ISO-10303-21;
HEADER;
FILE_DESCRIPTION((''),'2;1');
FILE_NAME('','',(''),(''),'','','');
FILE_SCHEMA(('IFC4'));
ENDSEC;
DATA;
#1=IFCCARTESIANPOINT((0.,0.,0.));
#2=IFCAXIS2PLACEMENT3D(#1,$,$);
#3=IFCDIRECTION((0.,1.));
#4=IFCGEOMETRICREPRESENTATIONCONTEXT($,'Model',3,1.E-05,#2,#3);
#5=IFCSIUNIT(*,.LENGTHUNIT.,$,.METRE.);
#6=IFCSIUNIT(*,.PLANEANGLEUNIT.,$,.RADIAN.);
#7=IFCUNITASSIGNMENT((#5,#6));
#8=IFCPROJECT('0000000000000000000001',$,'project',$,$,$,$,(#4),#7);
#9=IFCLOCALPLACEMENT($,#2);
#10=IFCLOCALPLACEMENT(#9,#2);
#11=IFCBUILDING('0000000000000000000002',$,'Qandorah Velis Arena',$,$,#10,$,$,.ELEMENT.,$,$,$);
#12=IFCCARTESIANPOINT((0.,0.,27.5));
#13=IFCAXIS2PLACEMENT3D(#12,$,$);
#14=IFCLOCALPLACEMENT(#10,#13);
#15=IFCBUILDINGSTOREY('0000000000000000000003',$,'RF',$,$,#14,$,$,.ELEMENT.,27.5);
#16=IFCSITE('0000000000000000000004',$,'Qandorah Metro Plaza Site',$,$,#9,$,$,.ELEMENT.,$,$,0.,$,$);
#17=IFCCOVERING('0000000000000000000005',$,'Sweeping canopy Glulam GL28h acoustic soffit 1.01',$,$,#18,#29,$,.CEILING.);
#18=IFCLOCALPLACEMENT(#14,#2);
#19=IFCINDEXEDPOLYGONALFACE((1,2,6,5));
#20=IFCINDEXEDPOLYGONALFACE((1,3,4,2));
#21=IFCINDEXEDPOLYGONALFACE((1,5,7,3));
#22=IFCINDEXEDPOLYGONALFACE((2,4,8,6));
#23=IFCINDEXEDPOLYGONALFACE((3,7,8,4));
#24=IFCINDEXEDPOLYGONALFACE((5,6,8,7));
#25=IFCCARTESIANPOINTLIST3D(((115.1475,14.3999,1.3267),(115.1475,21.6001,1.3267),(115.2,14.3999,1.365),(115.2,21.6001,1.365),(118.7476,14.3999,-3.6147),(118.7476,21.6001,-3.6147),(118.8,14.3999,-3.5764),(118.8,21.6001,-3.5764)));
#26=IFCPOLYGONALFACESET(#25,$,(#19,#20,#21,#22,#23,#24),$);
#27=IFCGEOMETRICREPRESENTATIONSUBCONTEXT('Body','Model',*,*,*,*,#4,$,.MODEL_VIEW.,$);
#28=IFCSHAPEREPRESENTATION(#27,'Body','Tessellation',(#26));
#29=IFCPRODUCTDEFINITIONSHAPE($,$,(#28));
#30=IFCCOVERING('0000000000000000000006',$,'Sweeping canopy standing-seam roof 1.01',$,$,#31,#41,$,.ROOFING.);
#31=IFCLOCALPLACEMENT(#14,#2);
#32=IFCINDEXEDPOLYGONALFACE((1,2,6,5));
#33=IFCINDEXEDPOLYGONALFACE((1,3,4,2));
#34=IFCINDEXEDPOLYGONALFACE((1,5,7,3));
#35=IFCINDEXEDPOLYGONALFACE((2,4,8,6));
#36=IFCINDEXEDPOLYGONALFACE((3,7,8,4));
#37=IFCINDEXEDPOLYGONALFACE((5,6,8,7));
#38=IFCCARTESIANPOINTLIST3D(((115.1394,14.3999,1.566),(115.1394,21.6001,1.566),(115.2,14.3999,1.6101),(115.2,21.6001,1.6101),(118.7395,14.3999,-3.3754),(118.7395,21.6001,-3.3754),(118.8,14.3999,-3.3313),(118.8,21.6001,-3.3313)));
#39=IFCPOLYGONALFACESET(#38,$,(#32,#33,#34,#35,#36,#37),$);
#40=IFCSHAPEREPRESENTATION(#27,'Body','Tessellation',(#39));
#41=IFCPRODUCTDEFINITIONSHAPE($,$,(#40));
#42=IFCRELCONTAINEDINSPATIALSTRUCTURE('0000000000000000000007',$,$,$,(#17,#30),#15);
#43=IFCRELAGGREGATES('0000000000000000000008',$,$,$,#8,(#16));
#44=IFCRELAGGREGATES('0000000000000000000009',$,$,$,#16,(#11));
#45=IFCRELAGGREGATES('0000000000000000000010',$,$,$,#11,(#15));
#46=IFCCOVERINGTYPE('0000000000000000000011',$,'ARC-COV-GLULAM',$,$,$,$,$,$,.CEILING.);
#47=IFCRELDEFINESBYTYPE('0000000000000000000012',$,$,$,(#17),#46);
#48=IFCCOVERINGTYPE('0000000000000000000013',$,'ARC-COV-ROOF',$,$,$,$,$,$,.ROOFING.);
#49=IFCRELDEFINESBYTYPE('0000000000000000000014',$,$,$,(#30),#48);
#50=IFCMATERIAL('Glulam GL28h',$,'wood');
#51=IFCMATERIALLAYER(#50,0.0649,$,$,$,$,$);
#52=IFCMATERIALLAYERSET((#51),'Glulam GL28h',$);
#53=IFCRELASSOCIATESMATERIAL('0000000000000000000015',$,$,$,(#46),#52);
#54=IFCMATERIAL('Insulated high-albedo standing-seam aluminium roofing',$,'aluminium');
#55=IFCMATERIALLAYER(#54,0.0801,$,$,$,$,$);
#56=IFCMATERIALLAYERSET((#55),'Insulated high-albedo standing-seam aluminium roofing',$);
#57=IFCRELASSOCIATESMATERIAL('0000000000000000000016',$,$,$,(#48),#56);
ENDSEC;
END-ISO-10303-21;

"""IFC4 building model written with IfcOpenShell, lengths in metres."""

from ifc_helpers import new_model, si_unit, direction, frame, origin, place, context, subcontext, project, spatial, polyline, outline, extrude, material, layer, layer_set, type_object, element, save


model = new_model("IFC4")

# Units and contexts
model_context = context("Model", 3, precision=1e-05, world=origin(), true_north=direction((0.0, 1.0)))
body_context = subcontext(model_context, "Body", "Model", "MODEL_VIEW")
ifc_project = project(units=[si_unit("LENGTHUNIT", "METRE"), si_unit("PLANEANGLEUNIT", "RADIAN")], contexts=[model_context])

# Site, building, storey
site_placement = place(None, origin())
site = spatial("IfcSite", under=ifc_project, at=site_placement, Name="Qandorah Metro Plaza Site", CompositionType="ELEMENT", RefElevation=0.0)
building_placement = place(site_placement, origin())
building = spatial("IfcBuilding", under=site, at=building_placement, Name="Qandorah Velis Arena", CompositionType="ELEMENT")
storey_placement = place(building_placement, frame((0.0, 0.0, 27.5)))
storey = spatial("IfcBuildingStorey", under=building, at=storey_placement, Name="RF", CompositionType="ELEMENT", Elevation=27.5)

# Coverings
ifc_material_1 = material(Name="Glulam GL28h", Category="wood")
ifc_layer_1 = layer(ifc_material_1, 0.0649)
ifc_layer_set_1 = layer_set([ifc_layer_1], Name="Glulam GL28h")
covering_type_1 = type_object("IfcCoveringType", Name="ARC-COV-GLULAM", PredefinedType="CEILING", material=ifc_layer_set_1)
covering_1_placement = place(storey_placement, frame((115.2, 14.3999, 1.365), z_axis=(0.808242, 0.0, 0.588851), x_axis=(0.588851, 0.0, -0.808242)))
element("IfcCovering", 1, at=covering_1_placement, inside=storey, type_object=covering_type_1, Name="Sweeping canopy Glulam GL28h acoustic soffit 1.01", PredefinedType="CEILING", context=body_context, shape_type="SweptSolid", body=[
    extrude(outline(polyline([(0.0, 0.0), (6.1138, 0.0), (6.1138, 7.2002), (0.0, 7.2002), (0.0, 0.0)])), origin(), (0.0, 0.0, -1.0), 0.0649),
])
ifc_material_2 = material(Name="Insulated high-albedo standing-seam aluminium roofing", Category="aluminium")
ifc_layer_2 = layer(ifc_material_2, 0.0801)
ifc_layer_set_2 = layer_set([ifc_layer_2], Name="Insulated high-albedo standing-seam aluminium roofing")
covering_type_2 = type_object("IfcCoveringType", Name="ARC-COV-ROOF", PredefinedType="ROOFING", material=ifc_layer_set_2)
covering_2_placement = place(storey_placement, frame((115.2, 14.3999, 1.6101), z_axis=(0.808242, 0.0, 0.588851), x_axis=(0.588851, 0.0, -0.808242)))
element("IfcCovering", 2, at=covering_2_placement, inside=storey, type_object=covering_type_2, Name="Sweeping canopy standing-seam roof 1.01", PredefinedType="ROOFING", context=body_context, shape_type="SweptSolid", body=[
    extrude(outline(polyline([(0.0, 0.0), (6.1138, 0.0), (6.1138, 7.2002), (0.0, 7.2002), (0.0, 0.0)])), origin(), (0.0, 0.0, -1.0), 0.075),
])

save(model, "model.ifc")
